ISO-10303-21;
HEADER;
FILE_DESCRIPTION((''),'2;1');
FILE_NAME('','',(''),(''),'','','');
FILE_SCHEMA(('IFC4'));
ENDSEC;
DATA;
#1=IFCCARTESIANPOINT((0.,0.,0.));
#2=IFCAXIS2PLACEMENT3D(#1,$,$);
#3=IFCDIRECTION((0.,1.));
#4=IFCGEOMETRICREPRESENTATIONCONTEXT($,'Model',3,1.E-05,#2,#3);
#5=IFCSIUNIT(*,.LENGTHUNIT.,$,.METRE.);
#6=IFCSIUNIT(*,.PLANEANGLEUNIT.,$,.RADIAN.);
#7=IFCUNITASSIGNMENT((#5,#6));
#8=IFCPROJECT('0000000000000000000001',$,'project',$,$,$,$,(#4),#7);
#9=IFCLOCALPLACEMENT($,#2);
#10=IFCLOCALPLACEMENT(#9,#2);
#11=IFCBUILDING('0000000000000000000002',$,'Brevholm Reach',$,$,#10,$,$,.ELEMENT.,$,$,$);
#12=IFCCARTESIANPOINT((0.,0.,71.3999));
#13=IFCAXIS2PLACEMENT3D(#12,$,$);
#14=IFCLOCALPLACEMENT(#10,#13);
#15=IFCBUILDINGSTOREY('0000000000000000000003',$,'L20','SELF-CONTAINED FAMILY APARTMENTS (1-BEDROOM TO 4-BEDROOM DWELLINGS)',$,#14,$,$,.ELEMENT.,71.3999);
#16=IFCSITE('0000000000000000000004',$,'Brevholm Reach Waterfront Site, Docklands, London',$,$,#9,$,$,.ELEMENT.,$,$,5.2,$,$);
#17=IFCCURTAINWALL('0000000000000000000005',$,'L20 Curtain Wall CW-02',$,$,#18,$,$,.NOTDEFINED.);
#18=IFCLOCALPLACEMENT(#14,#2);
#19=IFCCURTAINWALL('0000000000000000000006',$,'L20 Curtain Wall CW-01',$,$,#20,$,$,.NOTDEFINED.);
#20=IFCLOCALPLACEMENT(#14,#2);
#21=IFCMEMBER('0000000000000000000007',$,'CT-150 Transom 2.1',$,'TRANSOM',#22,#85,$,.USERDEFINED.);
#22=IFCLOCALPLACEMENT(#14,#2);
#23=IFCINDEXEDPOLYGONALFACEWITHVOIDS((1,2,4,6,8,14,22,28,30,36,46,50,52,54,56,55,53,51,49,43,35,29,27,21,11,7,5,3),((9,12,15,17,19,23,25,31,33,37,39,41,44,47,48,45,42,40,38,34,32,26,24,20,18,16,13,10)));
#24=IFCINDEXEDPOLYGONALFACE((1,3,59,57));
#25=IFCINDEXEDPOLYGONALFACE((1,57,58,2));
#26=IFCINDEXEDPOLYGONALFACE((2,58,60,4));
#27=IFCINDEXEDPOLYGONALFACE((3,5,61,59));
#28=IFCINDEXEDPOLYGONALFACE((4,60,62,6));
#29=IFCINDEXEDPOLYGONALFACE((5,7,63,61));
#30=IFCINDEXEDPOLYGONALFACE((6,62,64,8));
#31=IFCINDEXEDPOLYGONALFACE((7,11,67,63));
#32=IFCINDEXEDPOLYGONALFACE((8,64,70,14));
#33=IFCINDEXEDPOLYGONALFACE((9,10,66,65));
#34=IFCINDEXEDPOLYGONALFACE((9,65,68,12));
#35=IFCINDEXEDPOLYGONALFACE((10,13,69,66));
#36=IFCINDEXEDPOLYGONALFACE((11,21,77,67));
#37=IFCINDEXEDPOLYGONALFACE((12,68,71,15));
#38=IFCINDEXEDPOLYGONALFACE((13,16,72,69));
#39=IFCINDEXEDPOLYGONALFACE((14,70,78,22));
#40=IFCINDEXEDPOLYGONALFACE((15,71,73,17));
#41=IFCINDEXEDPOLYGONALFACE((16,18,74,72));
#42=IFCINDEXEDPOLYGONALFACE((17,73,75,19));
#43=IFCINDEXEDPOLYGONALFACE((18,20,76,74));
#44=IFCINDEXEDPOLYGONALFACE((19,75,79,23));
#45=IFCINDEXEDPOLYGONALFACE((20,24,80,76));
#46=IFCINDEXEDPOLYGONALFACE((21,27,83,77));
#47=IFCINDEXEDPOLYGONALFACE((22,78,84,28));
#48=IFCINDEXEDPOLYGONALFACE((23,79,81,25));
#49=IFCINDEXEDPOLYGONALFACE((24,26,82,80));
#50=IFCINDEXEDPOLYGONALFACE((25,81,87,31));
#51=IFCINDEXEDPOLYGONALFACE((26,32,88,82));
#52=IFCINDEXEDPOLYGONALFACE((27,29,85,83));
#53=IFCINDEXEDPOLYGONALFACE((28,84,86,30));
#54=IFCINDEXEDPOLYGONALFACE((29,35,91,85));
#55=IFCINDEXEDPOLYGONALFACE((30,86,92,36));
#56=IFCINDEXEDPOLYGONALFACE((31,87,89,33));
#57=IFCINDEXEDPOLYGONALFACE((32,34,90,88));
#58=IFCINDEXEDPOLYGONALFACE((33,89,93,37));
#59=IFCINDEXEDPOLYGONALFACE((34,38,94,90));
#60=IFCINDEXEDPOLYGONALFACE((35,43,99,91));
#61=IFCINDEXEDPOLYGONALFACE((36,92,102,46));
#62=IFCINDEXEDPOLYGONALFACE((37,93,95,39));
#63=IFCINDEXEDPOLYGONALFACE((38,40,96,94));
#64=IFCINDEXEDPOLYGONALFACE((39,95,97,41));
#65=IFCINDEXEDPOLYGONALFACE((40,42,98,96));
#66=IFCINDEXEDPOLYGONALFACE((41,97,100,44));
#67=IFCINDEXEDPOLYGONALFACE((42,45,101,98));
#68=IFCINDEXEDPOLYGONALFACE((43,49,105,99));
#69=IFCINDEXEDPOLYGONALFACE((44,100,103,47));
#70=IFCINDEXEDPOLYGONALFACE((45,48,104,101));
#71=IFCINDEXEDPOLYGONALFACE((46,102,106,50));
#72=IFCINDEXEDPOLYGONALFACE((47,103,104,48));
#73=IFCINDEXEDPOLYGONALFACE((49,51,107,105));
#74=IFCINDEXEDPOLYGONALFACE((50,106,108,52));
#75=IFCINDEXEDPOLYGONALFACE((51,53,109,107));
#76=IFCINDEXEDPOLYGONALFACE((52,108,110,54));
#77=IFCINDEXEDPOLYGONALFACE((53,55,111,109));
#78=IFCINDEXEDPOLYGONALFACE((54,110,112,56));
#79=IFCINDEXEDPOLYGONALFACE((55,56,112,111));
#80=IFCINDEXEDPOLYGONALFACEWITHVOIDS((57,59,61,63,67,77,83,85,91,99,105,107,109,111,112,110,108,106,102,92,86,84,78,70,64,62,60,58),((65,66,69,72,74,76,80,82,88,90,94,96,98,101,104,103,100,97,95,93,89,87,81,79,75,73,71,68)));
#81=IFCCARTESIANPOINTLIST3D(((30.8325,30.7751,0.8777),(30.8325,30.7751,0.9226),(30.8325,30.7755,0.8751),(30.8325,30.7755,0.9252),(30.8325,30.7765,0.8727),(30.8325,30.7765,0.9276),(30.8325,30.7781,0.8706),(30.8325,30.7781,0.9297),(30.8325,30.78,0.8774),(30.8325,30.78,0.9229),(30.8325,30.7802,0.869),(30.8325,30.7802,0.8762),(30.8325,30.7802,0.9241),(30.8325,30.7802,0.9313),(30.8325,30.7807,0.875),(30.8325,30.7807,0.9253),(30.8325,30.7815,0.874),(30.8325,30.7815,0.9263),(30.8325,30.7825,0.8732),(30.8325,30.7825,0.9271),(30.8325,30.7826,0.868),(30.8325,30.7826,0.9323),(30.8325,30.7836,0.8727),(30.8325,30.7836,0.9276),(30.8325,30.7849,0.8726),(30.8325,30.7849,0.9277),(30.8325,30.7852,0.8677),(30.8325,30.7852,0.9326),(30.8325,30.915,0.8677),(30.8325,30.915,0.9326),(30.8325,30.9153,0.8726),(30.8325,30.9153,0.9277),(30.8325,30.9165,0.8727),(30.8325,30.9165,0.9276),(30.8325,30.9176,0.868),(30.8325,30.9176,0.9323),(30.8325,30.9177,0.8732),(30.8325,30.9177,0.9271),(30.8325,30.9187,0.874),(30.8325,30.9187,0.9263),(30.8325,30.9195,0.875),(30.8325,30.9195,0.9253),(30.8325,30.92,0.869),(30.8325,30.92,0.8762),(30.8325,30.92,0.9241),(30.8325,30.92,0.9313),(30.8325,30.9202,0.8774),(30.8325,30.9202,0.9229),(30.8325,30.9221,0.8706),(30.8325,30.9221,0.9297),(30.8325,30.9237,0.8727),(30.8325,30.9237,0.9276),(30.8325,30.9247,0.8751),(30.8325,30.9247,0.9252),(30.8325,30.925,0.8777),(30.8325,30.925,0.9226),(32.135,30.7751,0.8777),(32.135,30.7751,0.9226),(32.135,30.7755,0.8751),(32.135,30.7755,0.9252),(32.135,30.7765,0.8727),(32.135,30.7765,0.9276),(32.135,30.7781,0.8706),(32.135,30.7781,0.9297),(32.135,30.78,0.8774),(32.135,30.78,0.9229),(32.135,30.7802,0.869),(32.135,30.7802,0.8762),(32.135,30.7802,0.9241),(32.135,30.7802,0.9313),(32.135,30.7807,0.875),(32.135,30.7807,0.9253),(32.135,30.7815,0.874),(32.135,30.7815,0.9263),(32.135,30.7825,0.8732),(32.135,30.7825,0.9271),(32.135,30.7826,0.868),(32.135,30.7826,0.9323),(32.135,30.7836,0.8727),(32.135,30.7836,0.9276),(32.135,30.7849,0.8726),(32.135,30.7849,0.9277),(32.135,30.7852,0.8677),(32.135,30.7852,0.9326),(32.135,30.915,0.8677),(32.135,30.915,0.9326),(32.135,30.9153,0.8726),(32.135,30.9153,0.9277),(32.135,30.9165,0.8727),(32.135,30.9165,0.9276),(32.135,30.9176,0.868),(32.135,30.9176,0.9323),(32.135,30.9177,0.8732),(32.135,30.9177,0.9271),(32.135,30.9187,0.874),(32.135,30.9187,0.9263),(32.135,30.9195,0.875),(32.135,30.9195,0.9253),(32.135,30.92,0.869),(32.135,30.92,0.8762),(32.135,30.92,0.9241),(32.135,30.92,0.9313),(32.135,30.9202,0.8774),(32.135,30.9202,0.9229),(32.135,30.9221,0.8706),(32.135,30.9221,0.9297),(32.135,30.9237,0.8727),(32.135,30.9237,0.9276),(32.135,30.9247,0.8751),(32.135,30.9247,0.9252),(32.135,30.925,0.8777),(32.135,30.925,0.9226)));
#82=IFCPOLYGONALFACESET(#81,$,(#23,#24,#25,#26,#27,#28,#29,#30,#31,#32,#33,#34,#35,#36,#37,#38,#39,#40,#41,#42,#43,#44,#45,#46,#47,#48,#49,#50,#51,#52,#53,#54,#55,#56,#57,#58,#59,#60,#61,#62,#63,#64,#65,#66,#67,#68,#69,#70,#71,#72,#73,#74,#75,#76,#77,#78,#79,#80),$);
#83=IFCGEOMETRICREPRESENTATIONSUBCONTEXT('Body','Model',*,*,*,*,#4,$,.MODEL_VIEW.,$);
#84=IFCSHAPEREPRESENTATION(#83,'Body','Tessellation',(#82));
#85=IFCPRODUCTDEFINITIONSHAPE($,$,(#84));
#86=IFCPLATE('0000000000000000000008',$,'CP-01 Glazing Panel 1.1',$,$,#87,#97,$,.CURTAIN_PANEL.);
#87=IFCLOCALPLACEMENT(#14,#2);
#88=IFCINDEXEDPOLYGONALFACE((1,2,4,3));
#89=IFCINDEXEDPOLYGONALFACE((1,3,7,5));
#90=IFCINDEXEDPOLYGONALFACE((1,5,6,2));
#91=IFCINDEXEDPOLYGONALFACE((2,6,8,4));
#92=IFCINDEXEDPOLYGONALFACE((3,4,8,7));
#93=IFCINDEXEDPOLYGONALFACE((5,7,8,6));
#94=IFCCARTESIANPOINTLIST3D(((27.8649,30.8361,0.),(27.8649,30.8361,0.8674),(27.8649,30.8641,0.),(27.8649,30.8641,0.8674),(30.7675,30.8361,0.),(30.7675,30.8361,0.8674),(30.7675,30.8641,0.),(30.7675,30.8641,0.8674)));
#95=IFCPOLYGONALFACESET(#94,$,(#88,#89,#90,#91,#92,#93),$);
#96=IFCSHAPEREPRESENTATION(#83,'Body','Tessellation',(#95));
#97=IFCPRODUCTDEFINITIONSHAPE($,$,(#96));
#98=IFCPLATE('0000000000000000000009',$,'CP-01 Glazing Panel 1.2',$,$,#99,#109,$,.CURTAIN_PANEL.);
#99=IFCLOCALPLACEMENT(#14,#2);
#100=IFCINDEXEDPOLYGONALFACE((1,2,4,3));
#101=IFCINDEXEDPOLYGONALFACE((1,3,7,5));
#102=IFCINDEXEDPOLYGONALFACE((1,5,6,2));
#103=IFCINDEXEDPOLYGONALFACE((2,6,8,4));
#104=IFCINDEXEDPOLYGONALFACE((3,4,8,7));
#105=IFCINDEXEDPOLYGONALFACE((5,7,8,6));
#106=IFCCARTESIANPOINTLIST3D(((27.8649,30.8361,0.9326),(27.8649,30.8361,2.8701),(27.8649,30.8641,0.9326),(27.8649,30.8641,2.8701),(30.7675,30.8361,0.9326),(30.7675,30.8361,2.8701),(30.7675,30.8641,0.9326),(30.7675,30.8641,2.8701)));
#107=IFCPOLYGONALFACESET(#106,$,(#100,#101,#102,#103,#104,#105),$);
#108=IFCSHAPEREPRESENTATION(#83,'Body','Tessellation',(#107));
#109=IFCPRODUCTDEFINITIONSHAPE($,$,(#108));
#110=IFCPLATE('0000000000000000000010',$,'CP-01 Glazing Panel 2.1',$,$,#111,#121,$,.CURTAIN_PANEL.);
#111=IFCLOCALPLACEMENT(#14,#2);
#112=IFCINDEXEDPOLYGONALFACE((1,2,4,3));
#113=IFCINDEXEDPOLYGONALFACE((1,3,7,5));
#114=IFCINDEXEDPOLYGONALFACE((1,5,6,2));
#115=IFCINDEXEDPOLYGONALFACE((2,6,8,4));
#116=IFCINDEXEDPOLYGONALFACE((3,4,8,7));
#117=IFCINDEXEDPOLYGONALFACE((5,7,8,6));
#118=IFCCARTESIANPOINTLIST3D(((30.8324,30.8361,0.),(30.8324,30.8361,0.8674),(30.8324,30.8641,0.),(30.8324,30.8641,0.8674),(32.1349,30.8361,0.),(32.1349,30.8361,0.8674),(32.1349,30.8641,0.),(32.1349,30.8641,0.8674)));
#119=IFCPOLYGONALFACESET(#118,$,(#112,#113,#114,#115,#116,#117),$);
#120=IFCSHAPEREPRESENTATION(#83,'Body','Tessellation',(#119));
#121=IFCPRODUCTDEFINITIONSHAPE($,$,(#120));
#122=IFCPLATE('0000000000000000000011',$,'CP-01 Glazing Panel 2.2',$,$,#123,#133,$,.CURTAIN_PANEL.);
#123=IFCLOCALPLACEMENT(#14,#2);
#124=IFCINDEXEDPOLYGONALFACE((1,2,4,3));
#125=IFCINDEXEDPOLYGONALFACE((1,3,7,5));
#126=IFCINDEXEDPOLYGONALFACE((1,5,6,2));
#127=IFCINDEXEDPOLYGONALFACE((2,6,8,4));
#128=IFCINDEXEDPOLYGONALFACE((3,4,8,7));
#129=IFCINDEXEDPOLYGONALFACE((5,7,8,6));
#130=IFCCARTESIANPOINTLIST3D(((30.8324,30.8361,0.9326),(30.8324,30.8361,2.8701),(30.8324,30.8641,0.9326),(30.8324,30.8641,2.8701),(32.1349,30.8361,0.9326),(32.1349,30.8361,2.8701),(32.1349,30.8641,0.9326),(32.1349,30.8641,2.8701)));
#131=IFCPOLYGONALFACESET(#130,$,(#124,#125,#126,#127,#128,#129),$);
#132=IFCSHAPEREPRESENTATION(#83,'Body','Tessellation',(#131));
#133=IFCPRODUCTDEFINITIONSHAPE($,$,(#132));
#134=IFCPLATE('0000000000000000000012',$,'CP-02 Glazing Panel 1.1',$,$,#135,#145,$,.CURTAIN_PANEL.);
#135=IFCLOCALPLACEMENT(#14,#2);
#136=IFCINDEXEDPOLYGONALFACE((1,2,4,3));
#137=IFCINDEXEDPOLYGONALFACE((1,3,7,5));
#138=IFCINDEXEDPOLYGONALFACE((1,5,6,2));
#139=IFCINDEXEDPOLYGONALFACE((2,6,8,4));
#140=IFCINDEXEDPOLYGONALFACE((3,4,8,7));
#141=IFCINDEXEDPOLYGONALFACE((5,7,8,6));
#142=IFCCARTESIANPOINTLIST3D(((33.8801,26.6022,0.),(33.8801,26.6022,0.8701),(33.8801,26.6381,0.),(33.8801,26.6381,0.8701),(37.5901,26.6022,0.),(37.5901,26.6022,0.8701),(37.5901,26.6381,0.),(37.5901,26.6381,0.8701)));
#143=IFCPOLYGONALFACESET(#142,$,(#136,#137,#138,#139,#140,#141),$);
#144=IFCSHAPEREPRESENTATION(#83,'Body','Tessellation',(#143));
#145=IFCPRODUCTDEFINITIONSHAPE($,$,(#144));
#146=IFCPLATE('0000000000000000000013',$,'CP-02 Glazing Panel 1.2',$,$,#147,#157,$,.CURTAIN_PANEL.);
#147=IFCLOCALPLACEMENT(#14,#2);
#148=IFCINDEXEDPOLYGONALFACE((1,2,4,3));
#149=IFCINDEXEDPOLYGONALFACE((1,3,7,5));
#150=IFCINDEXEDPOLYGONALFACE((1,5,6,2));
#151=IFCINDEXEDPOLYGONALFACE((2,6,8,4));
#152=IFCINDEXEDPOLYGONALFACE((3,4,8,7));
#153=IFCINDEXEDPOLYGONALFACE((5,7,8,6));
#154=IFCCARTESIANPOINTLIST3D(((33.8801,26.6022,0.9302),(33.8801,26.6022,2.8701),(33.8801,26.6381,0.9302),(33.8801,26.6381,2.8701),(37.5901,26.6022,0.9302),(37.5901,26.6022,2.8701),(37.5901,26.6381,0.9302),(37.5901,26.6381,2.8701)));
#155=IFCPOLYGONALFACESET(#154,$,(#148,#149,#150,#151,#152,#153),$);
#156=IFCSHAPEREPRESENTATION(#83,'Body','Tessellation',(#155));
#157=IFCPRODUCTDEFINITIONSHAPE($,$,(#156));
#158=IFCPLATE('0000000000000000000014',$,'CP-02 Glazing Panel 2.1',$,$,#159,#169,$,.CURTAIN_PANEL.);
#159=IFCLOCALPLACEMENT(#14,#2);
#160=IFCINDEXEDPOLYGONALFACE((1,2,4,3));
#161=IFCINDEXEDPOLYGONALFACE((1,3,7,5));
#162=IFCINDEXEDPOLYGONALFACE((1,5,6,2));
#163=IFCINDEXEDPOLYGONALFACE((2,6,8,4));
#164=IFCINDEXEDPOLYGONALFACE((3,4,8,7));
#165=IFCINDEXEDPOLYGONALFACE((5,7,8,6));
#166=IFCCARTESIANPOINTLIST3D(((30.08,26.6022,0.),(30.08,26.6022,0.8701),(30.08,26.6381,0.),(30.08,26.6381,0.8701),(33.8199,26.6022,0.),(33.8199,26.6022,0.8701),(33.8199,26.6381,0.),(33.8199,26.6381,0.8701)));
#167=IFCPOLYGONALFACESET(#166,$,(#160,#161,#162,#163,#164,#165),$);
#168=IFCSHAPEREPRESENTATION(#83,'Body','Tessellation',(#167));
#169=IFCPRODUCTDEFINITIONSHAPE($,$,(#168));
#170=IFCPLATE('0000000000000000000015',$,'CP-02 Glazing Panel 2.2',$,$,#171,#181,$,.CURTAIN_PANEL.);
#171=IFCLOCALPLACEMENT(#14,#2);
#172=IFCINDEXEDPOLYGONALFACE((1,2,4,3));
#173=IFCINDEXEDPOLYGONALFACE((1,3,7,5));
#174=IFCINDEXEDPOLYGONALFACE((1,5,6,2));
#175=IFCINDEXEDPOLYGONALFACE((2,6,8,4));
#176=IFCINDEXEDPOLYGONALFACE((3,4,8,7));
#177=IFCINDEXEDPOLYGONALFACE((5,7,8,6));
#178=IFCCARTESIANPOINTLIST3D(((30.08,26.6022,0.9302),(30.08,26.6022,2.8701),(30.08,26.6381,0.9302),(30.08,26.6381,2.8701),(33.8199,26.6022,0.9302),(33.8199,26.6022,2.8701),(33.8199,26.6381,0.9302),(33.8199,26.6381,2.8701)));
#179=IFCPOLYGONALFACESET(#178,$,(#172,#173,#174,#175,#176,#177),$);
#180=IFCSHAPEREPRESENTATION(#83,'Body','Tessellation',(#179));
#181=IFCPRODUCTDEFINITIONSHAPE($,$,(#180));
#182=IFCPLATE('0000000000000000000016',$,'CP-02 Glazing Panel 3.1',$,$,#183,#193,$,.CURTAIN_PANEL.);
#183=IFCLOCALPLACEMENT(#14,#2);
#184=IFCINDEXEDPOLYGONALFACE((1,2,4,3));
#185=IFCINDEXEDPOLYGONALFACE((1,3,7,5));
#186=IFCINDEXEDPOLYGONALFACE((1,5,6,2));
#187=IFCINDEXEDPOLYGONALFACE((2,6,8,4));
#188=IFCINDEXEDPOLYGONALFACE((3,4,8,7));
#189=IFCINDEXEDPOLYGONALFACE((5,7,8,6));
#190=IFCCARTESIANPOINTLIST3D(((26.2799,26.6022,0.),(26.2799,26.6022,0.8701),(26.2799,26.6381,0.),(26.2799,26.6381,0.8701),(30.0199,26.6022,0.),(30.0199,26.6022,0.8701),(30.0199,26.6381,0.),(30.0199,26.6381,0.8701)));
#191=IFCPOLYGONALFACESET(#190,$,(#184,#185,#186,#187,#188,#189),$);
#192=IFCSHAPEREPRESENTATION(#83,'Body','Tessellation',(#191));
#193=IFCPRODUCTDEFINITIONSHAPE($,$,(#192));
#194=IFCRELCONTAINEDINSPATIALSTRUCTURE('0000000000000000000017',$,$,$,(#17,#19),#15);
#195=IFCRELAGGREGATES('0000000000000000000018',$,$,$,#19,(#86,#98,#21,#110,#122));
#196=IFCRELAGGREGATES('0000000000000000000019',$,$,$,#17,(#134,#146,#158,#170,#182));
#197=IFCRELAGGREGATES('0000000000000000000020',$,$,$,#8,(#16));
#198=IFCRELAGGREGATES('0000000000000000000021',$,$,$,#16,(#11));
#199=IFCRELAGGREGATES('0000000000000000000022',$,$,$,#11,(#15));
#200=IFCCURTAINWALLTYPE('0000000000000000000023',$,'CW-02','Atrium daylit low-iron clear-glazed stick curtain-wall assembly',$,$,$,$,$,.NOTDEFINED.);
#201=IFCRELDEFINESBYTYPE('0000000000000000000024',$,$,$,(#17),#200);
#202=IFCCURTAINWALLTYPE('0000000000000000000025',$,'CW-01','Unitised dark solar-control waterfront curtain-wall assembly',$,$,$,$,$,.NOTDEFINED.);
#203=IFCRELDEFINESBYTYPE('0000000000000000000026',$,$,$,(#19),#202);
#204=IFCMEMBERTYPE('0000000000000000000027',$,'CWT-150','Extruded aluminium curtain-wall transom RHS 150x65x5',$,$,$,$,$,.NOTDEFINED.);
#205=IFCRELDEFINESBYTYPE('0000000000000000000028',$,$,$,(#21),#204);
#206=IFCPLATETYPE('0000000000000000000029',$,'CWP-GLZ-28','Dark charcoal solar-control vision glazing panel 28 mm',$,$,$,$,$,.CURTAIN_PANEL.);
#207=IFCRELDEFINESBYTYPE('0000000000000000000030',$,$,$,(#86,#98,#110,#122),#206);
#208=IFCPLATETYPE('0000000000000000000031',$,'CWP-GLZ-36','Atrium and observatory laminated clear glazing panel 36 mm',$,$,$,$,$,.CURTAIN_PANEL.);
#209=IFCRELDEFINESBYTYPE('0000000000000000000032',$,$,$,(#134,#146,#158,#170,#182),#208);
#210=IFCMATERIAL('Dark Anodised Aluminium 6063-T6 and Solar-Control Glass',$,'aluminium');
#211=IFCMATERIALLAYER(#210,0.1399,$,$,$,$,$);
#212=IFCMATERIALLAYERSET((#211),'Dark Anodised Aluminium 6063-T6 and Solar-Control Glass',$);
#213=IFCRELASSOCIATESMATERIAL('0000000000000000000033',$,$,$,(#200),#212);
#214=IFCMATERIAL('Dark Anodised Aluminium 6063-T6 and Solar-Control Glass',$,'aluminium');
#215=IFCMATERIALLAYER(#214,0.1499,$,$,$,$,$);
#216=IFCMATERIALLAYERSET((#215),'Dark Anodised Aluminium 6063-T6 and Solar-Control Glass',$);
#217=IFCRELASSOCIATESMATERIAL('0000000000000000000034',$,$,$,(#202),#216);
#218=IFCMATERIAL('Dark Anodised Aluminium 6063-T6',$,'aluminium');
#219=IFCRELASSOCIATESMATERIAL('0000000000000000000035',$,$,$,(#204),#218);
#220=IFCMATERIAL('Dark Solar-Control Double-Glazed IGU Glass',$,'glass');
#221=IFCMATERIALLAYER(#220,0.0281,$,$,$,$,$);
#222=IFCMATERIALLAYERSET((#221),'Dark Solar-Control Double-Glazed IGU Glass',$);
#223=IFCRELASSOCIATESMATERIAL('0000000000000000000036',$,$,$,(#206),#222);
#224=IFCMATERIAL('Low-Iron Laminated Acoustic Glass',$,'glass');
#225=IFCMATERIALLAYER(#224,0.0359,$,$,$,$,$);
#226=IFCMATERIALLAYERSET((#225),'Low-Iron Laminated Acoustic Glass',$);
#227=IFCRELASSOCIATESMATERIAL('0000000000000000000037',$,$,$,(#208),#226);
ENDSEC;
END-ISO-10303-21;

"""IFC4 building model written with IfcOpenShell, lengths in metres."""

from ifc_helpers import new_model, si_unit, direction, frame, origin, origin_2d, place, context, subcontext, project, spatial, rectangle, hollow_rectangle, extrude, material, layer, layer_set, material_profile, profile_set, type_object, element, aggregate, save


model = new_model("IFC4")

# Units and contexts
model_context = context("Model", 3, precision=1e-05, world=origin(), true_north=direction((0.0, 1.0)))
body_context = subcontext(model_context, "Body", "Model", "MODEL_VIEW")
ifc_project = project(units=[si_unit("LENGTHUNIT", "METRE"), si_unit("PLANEANGLEUNIT", "RADIAN")], contexts=[model_context])

# Site, building, storey
site_placement = place(None, origin())
site = spatial("IfcSite", under=ifc_project, at=site_placement, Name="Brevholm Reach Waterfront Site, Docklands, London", CompositionType="ELEMENT", RefElevation=5.2)
building_placement = place(site_placement, origin())
building = spatial("IfcBuilding", under=site, at=building_placement, Name="Brevholm Reach", CompositionType="ELEMENT")
storey_placement = place(building_placement, frame((0.0, 0.0, 71.3999)))
storey = spatial("IfcBuildingStorey", under=building, at=storey_placement, Name="L20", Description="SELF-CONTAINED FAMILY APARTMENTS (1-BEDROOM TO 4-BEDROOM DWELLINGS)", CompositionType="ELEMENT", Elevation=71.3999)

# Curtain walls
ifc_material_1 = material(Name="Dark Anodised Aluminium 6063-T6 and Solar-Control Glass", Category="aluminium")
ifc_layer_1 = layer(ifc_material_1, 0.1399)
ifc_layer_set_1 = layer_set([ifc_layer_1], Name="Dark Anodised Aluminium 6063-T6 and Solar-Control Glass")
curtain_wall_type_1 = type_object("IfcCurtainWallType", Name="CW-02", Description="Atrium daylit low-iron clear-glazed stick curtain-wall assembly", PredefinedType="NOTDEFINED", material=ifc_layer_set_1)
curtain_wall_1_placement = place(storey_placement, origin())
curtain_wall_1 = element("IfcCurtainWall", 1, at=curtain_wall_1_placement, inside=storey, type_object=curtain_wall_type_1, Name="L20 Curtain Wall CW-02", PredefinedType="NOTDEFINED")
ifc_material_2 = material(Name="Dark Anodised Aluminium 6063-T6 and Solar-Control Glass", Category="aluminium")
ifc_layer_2 = layer(ifc_material_2, 0.1499)
ifc_layer_set_2 = layer_set([ifc_layer_2], Name="Dark Anodised Aluminium 6063-T6 and Solar-Control Glass")
curtain_wall_type_2 = type_object("IfcCurtainWallType", Name="CW-01", Description="Unitised dark solar-control waterfront curtain-wall assembly", PredefinedType="NOTDEFINED", material=ifc_layer_set_2)
curtain_wall_2_placement = place(storey_placement, origin())
curtain_wall_2 = element("IfcCurtainWall", 2, at=curtain_wall_2_placement, inside=storey, type_object=curtain_wall_type_2, Name="L20 Curtain Wall CW-01", PredefinedType="NOTDEFINED")

# Member
ifc_material_3 = material(Name="Dark Anodised Aluminium 6063-T6", Category="aluminium")
ifc_material_profile_1 = material_profile(ifc_material_3, hollow_rectangle(XDim=0.0649, YDim=0.1499, WallThickness=0.0049, InnerFilletRadius=0.0049, OuterFilletRadius=0.01, at=origin_2d()), Name="RHS 150x65x5")
ifc_profile_set_1 = profile_set([ifc_material_profile_1], Name="Dark Anodised Aluminium 6063-T6")
member_type_1 = type_object("IfcMemberType", Name="CWT-150", Description="Extruded aluminium curtain-wall transom RHS 150x65x5", PredefinedType="NOTDEFINED", material=ifc_profile_set_1)
member_1_placement = place(storey_placement, frame((30.8325, 30.8501, 0.9001), z_axis=(1.0, 0.0, 0.0), x_axis=(0.0, 0.0, 1.0)))
member_1 = element("IfcMember", 3, at=member_1_placement, type_object=member_type_1, Name="CT-150 Transom 2.1", ObjectType="TRANSOM", PredefinedType="USERDEFINED", context=body_context, shape_type="SweptSolid", body=[
    extrude(hollow_rectangle(XDim=0.0649, YDim=0.1499, WallThickness=0.0049, InnerFilletRadius=0.0049, OuterFilletRadius=0.01, at=origin_2d()), origin(), (0.0, 0.0, 1.0), 1.3025),
])

# Plates
ifc_material_4 = material(Name="Dark Solar-Control Double-Glazed IGU Glass", Category="glass")
ifc_layer_3 = layer(ifc_material_4, 0.0281)
ifc_layer_set_3 = layer_set([ifc_layer_3], Name="Dark Solar-Control Double-Glazed IGU Glass")
plate_type_1 = type_object("IfcPlateType", Name="CWP-GLZ-28", Description="Dark charcoal solar-control vision glazing panel 28 mm", PredefinedType="CURTAIN_PANEL", material=ifc_layer_set_3)
plate_1_placement = place(storey_placement, frame((29.3162, 30.8501, 0.0), z_axis=(0.0, 0.0, 1.0), x_axis=(1.0, 0.0, 0.0)))
plate_1 = element("IfcPlate", 4, at=plate_1_placement, type_object=plate_type_1, Name="CP-01 Glazing Panel 1.1", PredefinedType="CURTAIN_PANEL", context=body_context, shape_type="SweptSolid", body=[
    extrude(rectangle(XDim=2.9026, YDim=0.0281, at=origin_2d()), origin(), (0.0, 0.0, 1.0), 0.8674),
])
plate_2_placement = place(storey_placement, frame((29.3162, 30.8501, 0.9326), z_axis=(0.0, 0.0, 1.0), x_axis=(1.0, 0.0, 0.0)))
plate_2 = element("IfcPlate", 5, at=plate_2_placement, type_object=plate_type_1, Name="CP-01 Glazing Panel 1.2", PredefinedType="CURTAIN_PANEL", context=body_context, shape_type="SweptSolid", body=[
    extrude(rectangle(XDim=2.9026, YDim=0.0281, at=origin_2d()), origin(), (0.0, 0.0, 1.0), 1.9375),
])
plate_3_placement = place(storey_placement, frame((31.4836, 30.8501, 0.0), z_axis=(0.0, 0.0, 1.0), x_axis=(1.0, 0.0, 0.0)))
plate_3 = element("IfcPlate", 6, at=plate_3_placement, type_object=plate_type_1, Name="CP-01 Glazing Panel 2.1", PredefinedType="CURTAIN_PANEL", context=body_context, shape_type="SweptSolid", body=[
    extrude(rectangle(XDim=1.3025, YDim=0.0281, at=origin_2d()), origin(), (0.0, 0.0, 1.0), 0.8674),
])
plate_4_placement = place(storey_placement, frame((31.4836, 30.8501, 0.9326), z_axis=(0.0, 0.0, 1.0), x_axis=(1.0, 0.0, 0.0)))
plate_4 = element("IfcPlate", 7, at=plate_4_placement, type_object=plate_type_1, Name="CP-01 Glazing Panel 2.2", PredefinedType="CURTAIN_PANEL", context=body_context, shape_type="SweptSolid", body=[
    extrude(rectangle(XDim=1.3025, YDim=0.0281, at=origin_2d()), origin(), (0.0, 0.0, 1.0), 1.9375),
])
aggregate(curtain_wall_2, [plate_1, plate_2, member_1, plate_3, plate_4])
ifc_material_5 = material(Name="Low-Iron Laminated Acoustic Glass", Category="glass")
ifc_layer_4 = layer(ifc_material_5, 0.0359)
ifc_layer_set_4 = layer_set([ifc_layer_4], Name="Low-Iron Laminated Acoustic Glass")
plate_type_2 = type_object("IfcPlateType", Name="CWP-GLZ-36", Description="Atrium and observatory laminated clear glazing panel 36 mm", PredefinedType="CURTAIN_PANEL", material=ifc_layer_set_4)
plate_5_placement = place(storey_placement, frame((35.7351, 26.6201, 0.0), z_axis=(0.0, 0.0, 1.0), x_axis=(-1.0, 0.0, 0.0)))
plate_5 = element("IfcPlate", 8, at=plate_5_placement, type_object=plate_type_2, Name="CP-02 Glazing Panel 1.1", PredefinedType="CURTAIN_PANEL", context=body_context, shape_type="SweptSolid", body=[
    extrude(rectangle(XDim=3.71, YDim=0.0359, at=origin_2d()), origin(), (0.0, 0.0, 1.0), 0.8701),
])
plate_6_placement = place(storey_placement, frame((35.7351, 26.6201, 0.9302), z_axis=(0.0, 0.0, 1.0), x_axis=(-1.0, 0.0, 0.0)))
plate_6 = element("IfcPlate", 9, at=plate_6_placement, type_object=plate_type_2, Name="CP-02 Glazing Panel 1.2", PredefinedType="CURTAIN_PANEL", context=body_context, shape_type="SweptSolid", body=[
    extrude(rectangle(XDim=3.71, YDim=0.0359, at=origin_2d()), origin(), (0.0, 0.0, 1.0), 1.9399),
])
plate_7_placement = place(storey_placement, frame((31.95, 26.6201, 0.0), z_axis=(0.0, 0.0, 1.0), x_axis=(-1.0, 0.0, 0.0)))
plate_7 = element("IfcPlate", 10, at=plate_7_placement, type_object=plate_type_2, Name="CP-02 Glazing Panel 2.1", PredefinedType="CURTAIN_PANEL", context=body_context, shape_type="SweptSolid", body=[
    extrude(rectangle(XDim=3.74, YDim=0.0359, at=origin_2d()), origin(), (0.0, 0.0, 1.0), 0.8701),
])
plate_8_placement = place(storey_placement, frame((31.95, 26.6201, 0.9302), z_axis=(0.0, 0.0, 1.0), x_axis=(-1.0, 0.0, 0.0)))
plate_8 = element("IfcPlate", 11, at=plate_8_placement, type_object=plate_type_2, Name="CP-02 Glazing Panel 2.2", PredefinedType="CURTAIN_PANEL", context=body_context, shape_type="SweptSolid", body=[
    extrude(rectangle(XDim=3.74, YDim=0.0359, at=origin_2d()), origin(), (0.0, 0.0, 1.0), 1.9399),
])
plate_9_placement = place(storey_placement, frame((28.1499, 26.6201, 0.0), z_axis=(0.0, 0.0, 1.0), x_axis=(-1.0, 0.0, 0.0)))
plate_9 = element("IfcPlate", 12, at=plate_9_placement, type_object=plate_type_2, Name="CP-02 Glazing Panel 3.1", PredefinedType="CURTAIN_PANEL", context=body_context, shape_type="SweptSolid", body=[
    extrude(rectangle(XDim=3.74, YDim=0.0359, at=origin_2d()), origin(), (0.0, 0.0, 1.0), 0.8701),
])
aggregate(curtain_wall_1, [plate_5, plate_6, plate_7, plate_8, plate_9])

save(model, "model.ifc")
